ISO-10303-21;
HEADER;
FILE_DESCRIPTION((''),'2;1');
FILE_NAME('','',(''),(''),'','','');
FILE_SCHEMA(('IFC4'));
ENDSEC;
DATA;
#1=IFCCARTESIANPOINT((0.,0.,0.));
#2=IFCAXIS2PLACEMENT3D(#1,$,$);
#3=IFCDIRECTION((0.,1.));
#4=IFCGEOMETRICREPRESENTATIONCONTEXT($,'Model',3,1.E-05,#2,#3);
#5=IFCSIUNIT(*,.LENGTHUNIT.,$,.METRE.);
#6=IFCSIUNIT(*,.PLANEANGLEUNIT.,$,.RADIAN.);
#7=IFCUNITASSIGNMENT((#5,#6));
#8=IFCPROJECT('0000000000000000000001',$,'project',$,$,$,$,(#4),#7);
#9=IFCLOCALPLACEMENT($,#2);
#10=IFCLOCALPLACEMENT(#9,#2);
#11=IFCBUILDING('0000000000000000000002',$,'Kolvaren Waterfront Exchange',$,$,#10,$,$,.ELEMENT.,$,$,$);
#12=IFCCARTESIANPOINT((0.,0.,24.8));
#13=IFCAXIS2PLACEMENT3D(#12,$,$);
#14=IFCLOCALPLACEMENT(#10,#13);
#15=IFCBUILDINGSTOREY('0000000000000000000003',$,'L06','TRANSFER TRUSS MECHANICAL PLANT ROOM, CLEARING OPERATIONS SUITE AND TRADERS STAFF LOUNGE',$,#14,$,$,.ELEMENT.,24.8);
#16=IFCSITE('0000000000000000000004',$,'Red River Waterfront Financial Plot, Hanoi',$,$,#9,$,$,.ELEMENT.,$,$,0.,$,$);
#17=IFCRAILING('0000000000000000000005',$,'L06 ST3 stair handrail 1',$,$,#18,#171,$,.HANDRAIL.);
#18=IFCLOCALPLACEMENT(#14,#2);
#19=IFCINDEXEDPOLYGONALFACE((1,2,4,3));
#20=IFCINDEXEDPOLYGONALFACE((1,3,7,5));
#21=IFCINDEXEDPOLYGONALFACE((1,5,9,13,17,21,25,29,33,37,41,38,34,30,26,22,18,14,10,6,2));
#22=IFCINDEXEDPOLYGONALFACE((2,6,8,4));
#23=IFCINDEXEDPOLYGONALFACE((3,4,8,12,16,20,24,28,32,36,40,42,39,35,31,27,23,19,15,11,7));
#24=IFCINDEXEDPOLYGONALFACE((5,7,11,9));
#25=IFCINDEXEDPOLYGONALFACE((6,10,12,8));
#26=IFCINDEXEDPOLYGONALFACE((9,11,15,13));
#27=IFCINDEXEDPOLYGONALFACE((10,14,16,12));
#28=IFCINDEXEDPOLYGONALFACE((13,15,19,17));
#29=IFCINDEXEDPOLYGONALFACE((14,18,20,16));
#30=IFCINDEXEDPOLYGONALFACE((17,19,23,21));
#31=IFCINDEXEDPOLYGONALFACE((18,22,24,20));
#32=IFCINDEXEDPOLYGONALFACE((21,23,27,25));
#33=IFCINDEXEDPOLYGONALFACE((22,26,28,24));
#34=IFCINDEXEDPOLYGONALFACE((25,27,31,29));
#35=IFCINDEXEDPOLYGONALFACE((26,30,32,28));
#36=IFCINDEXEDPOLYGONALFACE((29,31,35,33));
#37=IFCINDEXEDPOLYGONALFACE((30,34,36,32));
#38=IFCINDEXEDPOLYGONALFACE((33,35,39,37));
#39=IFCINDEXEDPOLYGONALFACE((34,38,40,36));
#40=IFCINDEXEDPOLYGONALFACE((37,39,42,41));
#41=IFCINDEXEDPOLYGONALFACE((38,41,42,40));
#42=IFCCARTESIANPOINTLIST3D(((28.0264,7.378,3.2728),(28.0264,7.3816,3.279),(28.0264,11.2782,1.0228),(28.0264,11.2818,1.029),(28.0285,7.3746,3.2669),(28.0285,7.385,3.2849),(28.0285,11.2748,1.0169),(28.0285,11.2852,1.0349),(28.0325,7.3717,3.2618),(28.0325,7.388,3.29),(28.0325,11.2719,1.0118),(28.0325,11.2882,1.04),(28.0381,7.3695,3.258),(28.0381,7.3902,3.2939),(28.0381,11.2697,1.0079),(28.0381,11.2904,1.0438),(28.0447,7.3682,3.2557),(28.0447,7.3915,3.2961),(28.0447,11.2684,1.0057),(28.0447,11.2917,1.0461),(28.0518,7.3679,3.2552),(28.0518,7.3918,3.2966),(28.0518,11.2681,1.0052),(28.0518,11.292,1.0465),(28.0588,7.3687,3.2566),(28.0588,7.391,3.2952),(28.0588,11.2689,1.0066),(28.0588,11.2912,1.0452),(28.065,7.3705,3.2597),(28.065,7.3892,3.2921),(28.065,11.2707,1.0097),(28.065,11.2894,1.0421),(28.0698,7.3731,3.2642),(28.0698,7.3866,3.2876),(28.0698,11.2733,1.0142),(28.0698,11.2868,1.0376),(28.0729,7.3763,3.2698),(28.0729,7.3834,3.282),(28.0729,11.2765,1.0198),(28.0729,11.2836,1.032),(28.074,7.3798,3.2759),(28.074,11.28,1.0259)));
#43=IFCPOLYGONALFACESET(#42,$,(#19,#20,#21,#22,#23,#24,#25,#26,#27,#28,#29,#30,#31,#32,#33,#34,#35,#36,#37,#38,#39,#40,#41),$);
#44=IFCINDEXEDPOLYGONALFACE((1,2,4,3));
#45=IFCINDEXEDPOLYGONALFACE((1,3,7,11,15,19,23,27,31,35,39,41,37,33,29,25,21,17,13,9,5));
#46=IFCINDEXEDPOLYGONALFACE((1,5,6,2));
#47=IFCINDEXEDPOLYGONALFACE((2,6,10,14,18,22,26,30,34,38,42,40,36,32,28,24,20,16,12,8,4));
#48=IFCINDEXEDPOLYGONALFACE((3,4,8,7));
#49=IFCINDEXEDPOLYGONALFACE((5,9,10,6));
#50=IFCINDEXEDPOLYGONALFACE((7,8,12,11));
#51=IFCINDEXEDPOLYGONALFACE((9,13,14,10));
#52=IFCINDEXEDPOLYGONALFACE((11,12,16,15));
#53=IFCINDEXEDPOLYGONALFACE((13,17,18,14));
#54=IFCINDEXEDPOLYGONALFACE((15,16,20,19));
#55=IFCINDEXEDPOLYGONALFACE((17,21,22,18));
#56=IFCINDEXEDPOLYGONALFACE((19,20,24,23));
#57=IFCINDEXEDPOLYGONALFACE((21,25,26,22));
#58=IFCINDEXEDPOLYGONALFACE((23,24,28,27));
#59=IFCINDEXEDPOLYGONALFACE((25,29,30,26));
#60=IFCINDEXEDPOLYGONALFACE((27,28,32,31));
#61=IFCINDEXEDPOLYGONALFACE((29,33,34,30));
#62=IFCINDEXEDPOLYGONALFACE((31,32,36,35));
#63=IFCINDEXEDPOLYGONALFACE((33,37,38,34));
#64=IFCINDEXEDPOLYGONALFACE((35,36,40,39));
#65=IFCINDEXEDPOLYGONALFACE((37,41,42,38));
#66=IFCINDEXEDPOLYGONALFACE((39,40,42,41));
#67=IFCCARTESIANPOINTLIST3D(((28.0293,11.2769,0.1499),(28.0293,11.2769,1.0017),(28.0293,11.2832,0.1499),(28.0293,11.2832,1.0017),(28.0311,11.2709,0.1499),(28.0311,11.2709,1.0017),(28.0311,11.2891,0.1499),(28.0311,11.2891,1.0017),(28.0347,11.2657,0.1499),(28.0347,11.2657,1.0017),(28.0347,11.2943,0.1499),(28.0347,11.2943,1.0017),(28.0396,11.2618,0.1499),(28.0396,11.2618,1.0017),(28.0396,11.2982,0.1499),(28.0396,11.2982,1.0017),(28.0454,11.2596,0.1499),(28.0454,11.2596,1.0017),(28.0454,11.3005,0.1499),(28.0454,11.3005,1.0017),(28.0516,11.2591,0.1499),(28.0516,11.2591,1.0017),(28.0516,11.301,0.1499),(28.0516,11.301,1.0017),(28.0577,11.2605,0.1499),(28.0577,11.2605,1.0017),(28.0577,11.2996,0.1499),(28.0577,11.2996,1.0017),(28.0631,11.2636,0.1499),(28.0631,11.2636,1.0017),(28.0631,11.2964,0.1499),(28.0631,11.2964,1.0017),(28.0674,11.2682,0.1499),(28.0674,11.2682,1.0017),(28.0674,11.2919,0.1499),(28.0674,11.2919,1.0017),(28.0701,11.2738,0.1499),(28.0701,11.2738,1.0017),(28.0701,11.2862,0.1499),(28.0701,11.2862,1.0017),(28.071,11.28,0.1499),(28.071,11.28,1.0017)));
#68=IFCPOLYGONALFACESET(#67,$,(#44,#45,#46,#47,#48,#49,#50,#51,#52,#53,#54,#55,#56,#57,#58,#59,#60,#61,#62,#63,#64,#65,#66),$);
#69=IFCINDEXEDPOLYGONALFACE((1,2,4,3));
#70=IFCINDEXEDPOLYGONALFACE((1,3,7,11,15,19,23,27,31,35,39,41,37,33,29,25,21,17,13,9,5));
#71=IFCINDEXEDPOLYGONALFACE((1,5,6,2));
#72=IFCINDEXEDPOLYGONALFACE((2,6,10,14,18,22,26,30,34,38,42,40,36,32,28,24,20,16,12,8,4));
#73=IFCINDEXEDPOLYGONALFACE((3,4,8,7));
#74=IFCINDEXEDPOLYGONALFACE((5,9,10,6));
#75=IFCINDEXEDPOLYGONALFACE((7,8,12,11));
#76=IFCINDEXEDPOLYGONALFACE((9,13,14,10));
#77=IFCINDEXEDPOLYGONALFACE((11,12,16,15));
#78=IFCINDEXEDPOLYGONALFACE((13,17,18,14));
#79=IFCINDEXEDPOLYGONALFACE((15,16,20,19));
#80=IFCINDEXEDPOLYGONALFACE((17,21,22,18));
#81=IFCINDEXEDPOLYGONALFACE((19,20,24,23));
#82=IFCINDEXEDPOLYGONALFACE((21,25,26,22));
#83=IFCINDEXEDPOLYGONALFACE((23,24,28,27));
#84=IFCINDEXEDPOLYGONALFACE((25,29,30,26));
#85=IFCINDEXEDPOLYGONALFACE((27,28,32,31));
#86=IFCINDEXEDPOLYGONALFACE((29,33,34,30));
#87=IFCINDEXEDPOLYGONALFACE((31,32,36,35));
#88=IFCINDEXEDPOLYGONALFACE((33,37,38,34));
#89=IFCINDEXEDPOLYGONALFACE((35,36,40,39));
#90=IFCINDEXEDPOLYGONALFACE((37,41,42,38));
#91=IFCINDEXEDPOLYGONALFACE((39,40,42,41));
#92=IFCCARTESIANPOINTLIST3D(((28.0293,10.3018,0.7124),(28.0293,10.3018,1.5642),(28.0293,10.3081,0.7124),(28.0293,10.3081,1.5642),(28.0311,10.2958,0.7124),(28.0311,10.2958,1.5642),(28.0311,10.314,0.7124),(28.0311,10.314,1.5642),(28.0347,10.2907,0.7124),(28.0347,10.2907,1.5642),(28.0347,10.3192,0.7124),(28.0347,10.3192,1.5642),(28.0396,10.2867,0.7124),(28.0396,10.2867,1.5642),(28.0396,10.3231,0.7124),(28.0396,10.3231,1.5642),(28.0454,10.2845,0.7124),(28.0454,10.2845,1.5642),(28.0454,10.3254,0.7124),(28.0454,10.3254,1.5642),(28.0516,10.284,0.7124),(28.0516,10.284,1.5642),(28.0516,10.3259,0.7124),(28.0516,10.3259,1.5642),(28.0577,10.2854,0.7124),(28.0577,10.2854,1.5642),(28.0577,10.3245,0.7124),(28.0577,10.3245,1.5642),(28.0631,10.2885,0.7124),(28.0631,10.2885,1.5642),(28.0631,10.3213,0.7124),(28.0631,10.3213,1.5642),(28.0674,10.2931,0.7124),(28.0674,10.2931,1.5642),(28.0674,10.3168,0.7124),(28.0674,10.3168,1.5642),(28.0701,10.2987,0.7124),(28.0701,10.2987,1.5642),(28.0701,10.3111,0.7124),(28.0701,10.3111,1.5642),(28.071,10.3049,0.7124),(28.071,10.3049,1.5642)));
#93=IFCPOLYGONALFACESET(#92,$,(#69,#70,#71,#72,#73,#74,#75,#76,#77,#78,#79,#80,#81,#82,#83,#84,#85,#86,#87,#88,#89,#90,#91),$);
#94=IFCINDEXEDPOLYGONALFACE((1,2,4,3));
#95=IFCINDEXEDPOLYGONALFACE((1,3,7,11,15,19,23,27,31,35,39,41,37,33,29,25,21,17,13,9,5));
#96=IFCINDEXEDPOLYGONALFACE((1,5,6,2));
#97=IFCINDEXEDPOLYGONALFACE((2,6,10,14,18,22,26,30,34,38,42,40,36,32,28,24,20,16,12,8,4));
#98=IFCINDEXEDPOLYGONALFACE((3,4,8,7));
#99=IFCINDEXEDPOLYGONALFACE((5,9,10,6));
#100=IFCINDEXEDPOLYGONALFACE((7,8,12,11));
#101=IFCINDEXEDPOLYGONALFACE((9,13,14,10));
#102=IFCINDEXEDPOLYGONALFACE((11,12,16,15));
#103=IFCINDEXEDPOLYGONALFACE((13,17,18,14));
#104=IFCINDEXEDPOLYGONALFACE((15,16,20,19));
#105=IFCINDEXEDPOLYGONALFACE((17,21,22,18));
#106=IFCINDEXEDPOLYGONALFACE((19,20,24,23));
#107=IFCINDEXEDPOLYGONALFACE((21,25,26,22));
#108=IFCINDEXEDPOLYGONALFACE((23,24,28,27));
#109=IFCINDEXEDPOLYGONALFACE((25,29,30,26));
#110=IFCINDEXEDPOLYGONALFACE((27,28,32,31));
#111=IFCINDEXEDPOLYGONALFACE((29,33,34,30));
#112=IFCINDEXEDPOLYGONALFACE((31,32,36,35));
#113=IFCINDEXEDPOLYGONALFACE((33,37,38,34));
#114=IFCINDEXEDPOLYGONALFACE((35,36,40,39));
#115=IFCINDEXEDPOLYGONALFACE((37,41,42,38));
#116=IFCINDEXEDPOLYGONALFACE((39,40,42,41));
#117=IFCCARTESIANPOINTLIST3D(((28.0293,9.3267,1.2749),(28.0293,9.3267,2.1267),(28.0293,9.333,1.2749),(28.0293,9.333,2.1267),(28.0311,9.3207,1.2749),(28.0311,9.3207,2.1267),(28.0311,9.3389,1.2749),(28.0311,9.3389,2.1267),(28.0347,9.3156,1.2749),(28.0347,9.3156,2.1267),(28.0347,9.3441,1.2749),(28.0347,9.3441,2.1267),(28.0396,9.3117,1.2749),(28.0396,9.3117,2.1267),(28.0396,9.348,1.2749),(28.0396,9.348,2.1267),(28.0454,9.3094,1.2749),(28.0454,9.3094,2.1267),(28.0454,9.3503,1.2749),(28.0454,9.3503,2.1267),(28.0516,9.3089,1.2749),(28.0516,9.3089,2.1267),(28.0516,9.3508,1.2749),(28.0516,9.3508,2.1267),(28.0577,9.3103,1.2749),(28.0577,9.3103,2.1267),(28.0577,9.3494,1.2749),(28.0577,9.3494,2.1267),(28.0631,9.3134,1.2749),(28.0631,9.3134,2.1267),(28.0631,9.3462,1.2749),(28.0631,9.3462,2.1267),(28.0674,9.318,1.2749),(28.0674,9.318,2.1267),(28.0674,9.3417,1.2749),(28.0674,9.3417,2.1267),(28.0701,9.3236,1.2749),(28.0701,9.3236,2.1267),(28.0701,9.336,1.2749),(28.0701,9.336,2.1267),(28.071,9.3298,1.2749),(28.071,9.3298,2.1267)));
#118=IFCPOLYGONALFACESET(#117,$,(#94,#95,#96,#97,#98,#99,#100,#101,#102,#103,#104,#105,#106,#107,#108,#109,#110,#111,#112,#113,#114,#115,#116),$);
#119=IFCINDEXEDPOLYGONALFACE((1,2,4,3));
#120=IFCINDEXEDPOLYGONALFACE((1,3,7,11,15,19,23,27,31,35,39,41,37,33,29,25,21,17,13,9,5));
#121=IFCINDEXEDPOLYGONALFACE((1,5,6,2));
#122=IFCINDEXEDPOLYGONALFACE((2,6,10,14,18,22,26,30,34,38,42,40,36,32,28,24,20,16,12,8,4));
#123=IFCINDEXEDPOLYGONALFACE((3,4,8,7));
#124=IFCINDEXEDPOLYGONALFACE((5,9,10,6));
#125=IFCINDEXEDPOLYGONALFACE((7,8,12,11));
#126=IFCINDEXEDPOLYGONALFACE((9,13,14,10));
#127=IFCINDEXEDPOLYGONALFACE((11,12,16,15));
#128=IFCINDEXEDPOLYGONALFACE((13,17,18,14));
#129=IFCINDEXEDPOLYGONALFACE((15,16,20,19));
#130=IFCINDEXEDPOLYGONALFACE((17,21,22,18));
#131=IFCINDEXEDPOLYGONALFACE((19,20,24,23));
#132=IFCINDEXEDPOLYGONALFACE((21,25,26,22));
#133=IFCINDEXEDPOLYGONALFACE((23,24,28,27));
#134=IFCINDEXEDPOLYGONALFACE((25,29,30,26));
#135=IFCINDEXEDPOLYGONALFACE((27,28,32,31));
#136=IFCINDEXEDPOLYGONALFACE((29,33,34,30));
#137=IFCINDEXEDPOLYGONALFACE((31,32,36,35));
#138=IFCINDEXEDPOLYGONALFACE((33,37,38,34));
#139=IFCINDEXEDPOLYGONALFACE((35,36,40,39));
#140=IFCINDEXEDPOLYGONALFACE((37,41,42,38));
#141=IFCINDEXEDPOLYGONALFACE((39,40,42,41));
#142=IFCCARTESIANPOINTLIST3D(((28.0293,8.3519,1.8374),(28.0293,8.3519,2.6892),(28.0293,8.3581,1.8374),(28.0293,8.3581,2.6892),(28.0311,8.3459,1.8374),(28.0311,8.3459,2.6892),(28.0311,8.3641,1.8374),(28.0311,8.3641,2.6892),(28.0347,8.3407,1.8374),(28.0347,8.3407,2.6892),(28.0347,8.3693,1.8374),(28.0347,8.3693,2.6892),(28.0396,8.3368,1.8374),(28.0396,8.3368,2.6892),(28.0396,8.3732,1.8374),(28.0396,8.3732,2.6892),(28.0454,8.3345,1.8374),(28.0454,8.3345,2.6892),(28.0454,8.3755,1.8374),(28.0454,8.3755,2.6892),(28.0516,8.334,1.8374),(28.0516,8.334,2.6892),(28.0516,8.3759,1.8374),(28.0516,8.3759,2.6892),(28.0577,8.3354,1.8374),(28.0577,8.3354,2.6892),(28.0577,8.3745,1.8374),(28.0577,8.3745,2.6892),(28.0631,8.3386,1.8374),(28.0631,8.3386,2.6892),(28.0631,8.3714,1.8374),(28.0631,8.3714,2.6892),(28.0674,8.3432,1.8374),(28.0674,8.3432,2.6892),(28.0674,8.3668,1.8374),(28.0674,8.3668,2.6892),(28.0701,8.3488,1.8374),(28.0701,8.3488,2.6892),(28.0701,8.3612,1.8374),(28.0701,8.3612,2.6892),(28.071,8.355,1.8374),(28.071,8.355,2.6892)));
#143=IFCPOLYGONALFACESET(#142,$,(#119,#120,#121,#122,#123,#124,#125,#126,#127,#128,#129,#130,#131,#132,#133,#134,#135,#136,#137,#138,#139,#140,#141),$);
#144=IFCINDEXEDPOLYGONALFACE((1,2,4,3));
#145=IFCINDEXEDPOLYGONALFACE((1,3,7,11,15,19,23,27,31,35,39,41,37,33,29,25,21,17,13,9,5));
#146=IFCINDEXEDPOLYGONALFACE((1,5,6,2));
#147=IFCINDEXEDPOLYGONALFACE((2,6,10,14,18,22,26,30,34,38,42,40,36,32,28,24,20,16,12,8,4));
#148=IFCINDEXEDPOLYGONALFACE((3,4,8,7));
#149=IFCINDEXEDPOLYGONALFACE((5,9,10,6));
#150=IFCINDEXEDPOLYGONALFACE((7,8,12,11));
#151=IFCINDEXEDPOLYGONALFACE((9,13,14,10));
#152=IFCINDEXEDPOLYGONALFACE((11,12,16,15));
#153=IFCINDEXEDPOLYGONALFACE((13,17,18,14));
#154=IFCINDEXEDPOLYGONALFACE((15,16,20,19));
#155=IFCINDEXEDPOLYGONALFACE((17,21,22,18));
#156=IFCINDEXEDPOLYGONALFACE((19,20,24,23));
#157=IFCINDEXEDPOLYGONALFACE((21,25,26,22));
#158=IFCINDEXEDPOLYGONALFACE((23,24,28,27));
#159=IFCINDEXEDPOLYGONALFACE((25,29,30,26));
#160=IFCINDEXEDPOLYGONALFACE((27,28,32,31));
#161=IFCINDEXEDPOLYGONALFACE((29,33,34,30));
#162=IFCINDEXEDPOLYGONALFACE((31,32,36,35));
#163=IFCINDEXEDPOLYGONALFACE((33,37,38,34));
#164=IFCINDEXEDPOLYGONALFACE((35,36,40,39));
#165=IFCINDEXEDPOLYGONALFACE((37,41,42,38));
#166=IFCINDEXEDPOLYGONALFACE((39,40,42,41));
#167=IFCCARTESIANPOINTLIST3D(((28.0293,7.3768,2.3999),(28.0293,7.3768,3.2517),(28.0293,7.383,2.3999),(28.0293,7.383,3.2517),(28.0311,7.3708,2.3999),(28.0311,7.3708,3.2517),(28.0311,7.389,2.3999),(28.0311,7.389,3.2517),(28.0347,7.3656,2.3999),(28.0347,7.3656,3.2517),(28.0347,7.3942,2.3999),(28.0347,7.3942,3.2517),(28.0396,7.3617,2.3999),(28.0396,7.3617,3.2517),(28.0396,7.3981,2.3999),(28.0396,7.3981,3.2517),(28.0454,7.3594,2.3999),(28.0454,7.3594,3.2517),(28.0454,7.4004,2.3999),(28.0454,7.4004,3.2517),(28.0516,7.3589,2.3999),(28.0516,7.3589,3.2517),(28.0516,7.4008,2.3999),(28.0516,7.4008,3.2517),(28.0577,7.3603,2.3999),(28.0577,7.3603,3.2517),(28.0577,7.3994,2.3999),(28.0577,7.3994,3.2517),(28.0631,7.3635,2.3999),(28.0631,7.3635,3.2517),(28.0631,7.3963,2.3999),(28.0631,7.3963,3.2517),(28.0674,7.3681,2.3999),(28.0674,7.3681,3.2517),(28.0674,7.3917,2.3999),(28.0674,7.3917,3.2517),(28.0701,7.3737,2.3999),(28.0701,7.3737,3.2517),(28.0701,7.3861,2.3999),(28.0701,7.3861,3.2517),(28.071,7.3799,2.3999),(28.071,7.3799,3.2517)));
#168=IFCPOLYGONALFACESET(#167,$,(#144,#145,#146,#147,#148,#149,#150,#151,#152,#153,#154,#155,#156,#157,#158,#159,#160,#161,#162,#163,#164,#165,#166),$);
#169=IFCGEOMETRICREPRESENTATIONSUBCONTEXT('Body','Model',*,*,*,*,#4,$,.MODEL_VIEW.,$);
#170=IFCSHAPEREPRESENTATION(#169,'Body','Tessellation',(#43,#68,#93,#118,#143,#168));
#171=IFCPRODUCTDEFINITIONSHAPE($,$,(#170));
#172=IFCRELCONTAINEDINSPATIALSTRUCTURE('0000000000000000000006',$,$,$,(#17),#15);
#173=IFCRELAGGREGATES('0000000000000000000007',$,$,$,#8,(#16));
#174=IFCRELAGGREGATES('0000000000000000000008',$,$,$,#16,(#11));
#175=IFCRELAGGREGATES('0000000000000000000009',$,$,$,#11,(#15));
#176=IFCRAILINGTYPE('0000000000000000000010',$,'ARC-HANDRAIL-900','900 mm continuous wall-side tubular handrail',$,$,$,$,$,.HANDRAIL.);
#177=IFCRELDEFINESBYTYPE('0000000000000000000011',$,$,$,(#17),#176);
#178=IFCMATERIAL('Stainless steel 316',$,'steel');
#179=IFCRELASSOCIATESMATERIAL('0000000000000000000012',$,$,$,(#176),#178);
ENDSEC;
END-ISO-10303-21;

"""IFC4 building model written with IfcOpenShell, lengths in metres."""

from ifc_helpers import new_model, si_unit, direction, frame, origin, origin_2d, place, context, subcontext, project, spatial, circle, extrude, material, type_object, element, save


model = new_model("IFC4")

# Units and contexts
model_context = context("Model", 3, precision=1e-05, world=origin(), true_north=direction((0.0, 1.0)))
body_context = subcontext(model_context, "Body", "Model", "MODEL_VIEW")
ifc_project = project(units=[si_unit("LENGTHUNIT", "METRE"), si_unit("PLANEANGLEUNIT", "RADIAN")], contexts=[model_context])

# Site, building, storey
site_placement = place(None, origin())
site = spatial("IfcSite", under=ifc_project, at=site_placement, Name="Red River Waterfront Financial Plot, Hanoi", CompositionType="ELEMENT", RefElevation=0.0)
building_placement = place(site_placement, origin())
building = spatial("IfcBuilding", under=site, at=building_placement, Name="Kolvaren Waterfront Exchange", CompositionType="ELEMENT")
storey_placement = place(building_placement, frame((0.0, 0.0, 24.8)))
storey = spatial("IfcBuildingStorey", under=building, at=storey_placement, Name="L06", Description="TRANSFER TRUSS MECHANICAL PLANT ROOM, CLEARING OPERATIONS SUITE AND TRADERS STAFF LOUNGE", CompositionType="ELEMENT", Elevation=24.8)

# Railing
ifc_material_1 = material(Name="Stainless steel 316", Category="steel")
railing_type_1 = type_object("IfcRailingType", Name="ARC-HANDRAIL-900", Description="900 mm continuous wall-side tubular handrail", PredefinedType="HANDRAIL", material=ifc_material_1)
railing_1_placement = place(storey_placement, frame((28.05, 11.28, 0.1499)))
element("IfcRailing", 1, at=railing_1_placement, inside=storey, type_object=railing_type_1, Name="L06 ST3 stair handrail 1", PredefinedType="HANDRAIL", context=body_context, shape_type="SweptSolid", body=[
    extrude(circle(Radius=0.0239, at=origin_2d()), frame((0.0, 0.0, 0.876), z_axis=(0.0, -0.866194, 0.499708), x_axis=(1.0, 0.0, 0.0)), (0.0, 0.0, 1.0), 4.5027),
    extrude(circle(Radius=0.021, at=origin_2d()), origin(), (0.0, 0.0, 1.0), 0.8518),
    extrude(circle(Radius=0.021, at=origin_2d()), frame((0.0, -0.9751, 0.5625)), (0.0, 0.0, 1.0), 0.8518),
    extrude(circle(Radius=0.021, at=origin_2d()), frame((0.0, -1.9502, 1.125)), (0.0, 0.0, 1.0), 0.8518),
    extrude(circle(Radius=0.021, at=origin_2d()), frame((0.0, -2.925, 1.6875)), (0.0, 0.0, 1.0), 0.8518),
    extrude(circle(Radius=0.021, at=origin_2d()), frame((0.0, -3.9001, 2.25)), (0.0, 0.0, 1.0), 0.8518),
])

save(model, "model.ifc")
